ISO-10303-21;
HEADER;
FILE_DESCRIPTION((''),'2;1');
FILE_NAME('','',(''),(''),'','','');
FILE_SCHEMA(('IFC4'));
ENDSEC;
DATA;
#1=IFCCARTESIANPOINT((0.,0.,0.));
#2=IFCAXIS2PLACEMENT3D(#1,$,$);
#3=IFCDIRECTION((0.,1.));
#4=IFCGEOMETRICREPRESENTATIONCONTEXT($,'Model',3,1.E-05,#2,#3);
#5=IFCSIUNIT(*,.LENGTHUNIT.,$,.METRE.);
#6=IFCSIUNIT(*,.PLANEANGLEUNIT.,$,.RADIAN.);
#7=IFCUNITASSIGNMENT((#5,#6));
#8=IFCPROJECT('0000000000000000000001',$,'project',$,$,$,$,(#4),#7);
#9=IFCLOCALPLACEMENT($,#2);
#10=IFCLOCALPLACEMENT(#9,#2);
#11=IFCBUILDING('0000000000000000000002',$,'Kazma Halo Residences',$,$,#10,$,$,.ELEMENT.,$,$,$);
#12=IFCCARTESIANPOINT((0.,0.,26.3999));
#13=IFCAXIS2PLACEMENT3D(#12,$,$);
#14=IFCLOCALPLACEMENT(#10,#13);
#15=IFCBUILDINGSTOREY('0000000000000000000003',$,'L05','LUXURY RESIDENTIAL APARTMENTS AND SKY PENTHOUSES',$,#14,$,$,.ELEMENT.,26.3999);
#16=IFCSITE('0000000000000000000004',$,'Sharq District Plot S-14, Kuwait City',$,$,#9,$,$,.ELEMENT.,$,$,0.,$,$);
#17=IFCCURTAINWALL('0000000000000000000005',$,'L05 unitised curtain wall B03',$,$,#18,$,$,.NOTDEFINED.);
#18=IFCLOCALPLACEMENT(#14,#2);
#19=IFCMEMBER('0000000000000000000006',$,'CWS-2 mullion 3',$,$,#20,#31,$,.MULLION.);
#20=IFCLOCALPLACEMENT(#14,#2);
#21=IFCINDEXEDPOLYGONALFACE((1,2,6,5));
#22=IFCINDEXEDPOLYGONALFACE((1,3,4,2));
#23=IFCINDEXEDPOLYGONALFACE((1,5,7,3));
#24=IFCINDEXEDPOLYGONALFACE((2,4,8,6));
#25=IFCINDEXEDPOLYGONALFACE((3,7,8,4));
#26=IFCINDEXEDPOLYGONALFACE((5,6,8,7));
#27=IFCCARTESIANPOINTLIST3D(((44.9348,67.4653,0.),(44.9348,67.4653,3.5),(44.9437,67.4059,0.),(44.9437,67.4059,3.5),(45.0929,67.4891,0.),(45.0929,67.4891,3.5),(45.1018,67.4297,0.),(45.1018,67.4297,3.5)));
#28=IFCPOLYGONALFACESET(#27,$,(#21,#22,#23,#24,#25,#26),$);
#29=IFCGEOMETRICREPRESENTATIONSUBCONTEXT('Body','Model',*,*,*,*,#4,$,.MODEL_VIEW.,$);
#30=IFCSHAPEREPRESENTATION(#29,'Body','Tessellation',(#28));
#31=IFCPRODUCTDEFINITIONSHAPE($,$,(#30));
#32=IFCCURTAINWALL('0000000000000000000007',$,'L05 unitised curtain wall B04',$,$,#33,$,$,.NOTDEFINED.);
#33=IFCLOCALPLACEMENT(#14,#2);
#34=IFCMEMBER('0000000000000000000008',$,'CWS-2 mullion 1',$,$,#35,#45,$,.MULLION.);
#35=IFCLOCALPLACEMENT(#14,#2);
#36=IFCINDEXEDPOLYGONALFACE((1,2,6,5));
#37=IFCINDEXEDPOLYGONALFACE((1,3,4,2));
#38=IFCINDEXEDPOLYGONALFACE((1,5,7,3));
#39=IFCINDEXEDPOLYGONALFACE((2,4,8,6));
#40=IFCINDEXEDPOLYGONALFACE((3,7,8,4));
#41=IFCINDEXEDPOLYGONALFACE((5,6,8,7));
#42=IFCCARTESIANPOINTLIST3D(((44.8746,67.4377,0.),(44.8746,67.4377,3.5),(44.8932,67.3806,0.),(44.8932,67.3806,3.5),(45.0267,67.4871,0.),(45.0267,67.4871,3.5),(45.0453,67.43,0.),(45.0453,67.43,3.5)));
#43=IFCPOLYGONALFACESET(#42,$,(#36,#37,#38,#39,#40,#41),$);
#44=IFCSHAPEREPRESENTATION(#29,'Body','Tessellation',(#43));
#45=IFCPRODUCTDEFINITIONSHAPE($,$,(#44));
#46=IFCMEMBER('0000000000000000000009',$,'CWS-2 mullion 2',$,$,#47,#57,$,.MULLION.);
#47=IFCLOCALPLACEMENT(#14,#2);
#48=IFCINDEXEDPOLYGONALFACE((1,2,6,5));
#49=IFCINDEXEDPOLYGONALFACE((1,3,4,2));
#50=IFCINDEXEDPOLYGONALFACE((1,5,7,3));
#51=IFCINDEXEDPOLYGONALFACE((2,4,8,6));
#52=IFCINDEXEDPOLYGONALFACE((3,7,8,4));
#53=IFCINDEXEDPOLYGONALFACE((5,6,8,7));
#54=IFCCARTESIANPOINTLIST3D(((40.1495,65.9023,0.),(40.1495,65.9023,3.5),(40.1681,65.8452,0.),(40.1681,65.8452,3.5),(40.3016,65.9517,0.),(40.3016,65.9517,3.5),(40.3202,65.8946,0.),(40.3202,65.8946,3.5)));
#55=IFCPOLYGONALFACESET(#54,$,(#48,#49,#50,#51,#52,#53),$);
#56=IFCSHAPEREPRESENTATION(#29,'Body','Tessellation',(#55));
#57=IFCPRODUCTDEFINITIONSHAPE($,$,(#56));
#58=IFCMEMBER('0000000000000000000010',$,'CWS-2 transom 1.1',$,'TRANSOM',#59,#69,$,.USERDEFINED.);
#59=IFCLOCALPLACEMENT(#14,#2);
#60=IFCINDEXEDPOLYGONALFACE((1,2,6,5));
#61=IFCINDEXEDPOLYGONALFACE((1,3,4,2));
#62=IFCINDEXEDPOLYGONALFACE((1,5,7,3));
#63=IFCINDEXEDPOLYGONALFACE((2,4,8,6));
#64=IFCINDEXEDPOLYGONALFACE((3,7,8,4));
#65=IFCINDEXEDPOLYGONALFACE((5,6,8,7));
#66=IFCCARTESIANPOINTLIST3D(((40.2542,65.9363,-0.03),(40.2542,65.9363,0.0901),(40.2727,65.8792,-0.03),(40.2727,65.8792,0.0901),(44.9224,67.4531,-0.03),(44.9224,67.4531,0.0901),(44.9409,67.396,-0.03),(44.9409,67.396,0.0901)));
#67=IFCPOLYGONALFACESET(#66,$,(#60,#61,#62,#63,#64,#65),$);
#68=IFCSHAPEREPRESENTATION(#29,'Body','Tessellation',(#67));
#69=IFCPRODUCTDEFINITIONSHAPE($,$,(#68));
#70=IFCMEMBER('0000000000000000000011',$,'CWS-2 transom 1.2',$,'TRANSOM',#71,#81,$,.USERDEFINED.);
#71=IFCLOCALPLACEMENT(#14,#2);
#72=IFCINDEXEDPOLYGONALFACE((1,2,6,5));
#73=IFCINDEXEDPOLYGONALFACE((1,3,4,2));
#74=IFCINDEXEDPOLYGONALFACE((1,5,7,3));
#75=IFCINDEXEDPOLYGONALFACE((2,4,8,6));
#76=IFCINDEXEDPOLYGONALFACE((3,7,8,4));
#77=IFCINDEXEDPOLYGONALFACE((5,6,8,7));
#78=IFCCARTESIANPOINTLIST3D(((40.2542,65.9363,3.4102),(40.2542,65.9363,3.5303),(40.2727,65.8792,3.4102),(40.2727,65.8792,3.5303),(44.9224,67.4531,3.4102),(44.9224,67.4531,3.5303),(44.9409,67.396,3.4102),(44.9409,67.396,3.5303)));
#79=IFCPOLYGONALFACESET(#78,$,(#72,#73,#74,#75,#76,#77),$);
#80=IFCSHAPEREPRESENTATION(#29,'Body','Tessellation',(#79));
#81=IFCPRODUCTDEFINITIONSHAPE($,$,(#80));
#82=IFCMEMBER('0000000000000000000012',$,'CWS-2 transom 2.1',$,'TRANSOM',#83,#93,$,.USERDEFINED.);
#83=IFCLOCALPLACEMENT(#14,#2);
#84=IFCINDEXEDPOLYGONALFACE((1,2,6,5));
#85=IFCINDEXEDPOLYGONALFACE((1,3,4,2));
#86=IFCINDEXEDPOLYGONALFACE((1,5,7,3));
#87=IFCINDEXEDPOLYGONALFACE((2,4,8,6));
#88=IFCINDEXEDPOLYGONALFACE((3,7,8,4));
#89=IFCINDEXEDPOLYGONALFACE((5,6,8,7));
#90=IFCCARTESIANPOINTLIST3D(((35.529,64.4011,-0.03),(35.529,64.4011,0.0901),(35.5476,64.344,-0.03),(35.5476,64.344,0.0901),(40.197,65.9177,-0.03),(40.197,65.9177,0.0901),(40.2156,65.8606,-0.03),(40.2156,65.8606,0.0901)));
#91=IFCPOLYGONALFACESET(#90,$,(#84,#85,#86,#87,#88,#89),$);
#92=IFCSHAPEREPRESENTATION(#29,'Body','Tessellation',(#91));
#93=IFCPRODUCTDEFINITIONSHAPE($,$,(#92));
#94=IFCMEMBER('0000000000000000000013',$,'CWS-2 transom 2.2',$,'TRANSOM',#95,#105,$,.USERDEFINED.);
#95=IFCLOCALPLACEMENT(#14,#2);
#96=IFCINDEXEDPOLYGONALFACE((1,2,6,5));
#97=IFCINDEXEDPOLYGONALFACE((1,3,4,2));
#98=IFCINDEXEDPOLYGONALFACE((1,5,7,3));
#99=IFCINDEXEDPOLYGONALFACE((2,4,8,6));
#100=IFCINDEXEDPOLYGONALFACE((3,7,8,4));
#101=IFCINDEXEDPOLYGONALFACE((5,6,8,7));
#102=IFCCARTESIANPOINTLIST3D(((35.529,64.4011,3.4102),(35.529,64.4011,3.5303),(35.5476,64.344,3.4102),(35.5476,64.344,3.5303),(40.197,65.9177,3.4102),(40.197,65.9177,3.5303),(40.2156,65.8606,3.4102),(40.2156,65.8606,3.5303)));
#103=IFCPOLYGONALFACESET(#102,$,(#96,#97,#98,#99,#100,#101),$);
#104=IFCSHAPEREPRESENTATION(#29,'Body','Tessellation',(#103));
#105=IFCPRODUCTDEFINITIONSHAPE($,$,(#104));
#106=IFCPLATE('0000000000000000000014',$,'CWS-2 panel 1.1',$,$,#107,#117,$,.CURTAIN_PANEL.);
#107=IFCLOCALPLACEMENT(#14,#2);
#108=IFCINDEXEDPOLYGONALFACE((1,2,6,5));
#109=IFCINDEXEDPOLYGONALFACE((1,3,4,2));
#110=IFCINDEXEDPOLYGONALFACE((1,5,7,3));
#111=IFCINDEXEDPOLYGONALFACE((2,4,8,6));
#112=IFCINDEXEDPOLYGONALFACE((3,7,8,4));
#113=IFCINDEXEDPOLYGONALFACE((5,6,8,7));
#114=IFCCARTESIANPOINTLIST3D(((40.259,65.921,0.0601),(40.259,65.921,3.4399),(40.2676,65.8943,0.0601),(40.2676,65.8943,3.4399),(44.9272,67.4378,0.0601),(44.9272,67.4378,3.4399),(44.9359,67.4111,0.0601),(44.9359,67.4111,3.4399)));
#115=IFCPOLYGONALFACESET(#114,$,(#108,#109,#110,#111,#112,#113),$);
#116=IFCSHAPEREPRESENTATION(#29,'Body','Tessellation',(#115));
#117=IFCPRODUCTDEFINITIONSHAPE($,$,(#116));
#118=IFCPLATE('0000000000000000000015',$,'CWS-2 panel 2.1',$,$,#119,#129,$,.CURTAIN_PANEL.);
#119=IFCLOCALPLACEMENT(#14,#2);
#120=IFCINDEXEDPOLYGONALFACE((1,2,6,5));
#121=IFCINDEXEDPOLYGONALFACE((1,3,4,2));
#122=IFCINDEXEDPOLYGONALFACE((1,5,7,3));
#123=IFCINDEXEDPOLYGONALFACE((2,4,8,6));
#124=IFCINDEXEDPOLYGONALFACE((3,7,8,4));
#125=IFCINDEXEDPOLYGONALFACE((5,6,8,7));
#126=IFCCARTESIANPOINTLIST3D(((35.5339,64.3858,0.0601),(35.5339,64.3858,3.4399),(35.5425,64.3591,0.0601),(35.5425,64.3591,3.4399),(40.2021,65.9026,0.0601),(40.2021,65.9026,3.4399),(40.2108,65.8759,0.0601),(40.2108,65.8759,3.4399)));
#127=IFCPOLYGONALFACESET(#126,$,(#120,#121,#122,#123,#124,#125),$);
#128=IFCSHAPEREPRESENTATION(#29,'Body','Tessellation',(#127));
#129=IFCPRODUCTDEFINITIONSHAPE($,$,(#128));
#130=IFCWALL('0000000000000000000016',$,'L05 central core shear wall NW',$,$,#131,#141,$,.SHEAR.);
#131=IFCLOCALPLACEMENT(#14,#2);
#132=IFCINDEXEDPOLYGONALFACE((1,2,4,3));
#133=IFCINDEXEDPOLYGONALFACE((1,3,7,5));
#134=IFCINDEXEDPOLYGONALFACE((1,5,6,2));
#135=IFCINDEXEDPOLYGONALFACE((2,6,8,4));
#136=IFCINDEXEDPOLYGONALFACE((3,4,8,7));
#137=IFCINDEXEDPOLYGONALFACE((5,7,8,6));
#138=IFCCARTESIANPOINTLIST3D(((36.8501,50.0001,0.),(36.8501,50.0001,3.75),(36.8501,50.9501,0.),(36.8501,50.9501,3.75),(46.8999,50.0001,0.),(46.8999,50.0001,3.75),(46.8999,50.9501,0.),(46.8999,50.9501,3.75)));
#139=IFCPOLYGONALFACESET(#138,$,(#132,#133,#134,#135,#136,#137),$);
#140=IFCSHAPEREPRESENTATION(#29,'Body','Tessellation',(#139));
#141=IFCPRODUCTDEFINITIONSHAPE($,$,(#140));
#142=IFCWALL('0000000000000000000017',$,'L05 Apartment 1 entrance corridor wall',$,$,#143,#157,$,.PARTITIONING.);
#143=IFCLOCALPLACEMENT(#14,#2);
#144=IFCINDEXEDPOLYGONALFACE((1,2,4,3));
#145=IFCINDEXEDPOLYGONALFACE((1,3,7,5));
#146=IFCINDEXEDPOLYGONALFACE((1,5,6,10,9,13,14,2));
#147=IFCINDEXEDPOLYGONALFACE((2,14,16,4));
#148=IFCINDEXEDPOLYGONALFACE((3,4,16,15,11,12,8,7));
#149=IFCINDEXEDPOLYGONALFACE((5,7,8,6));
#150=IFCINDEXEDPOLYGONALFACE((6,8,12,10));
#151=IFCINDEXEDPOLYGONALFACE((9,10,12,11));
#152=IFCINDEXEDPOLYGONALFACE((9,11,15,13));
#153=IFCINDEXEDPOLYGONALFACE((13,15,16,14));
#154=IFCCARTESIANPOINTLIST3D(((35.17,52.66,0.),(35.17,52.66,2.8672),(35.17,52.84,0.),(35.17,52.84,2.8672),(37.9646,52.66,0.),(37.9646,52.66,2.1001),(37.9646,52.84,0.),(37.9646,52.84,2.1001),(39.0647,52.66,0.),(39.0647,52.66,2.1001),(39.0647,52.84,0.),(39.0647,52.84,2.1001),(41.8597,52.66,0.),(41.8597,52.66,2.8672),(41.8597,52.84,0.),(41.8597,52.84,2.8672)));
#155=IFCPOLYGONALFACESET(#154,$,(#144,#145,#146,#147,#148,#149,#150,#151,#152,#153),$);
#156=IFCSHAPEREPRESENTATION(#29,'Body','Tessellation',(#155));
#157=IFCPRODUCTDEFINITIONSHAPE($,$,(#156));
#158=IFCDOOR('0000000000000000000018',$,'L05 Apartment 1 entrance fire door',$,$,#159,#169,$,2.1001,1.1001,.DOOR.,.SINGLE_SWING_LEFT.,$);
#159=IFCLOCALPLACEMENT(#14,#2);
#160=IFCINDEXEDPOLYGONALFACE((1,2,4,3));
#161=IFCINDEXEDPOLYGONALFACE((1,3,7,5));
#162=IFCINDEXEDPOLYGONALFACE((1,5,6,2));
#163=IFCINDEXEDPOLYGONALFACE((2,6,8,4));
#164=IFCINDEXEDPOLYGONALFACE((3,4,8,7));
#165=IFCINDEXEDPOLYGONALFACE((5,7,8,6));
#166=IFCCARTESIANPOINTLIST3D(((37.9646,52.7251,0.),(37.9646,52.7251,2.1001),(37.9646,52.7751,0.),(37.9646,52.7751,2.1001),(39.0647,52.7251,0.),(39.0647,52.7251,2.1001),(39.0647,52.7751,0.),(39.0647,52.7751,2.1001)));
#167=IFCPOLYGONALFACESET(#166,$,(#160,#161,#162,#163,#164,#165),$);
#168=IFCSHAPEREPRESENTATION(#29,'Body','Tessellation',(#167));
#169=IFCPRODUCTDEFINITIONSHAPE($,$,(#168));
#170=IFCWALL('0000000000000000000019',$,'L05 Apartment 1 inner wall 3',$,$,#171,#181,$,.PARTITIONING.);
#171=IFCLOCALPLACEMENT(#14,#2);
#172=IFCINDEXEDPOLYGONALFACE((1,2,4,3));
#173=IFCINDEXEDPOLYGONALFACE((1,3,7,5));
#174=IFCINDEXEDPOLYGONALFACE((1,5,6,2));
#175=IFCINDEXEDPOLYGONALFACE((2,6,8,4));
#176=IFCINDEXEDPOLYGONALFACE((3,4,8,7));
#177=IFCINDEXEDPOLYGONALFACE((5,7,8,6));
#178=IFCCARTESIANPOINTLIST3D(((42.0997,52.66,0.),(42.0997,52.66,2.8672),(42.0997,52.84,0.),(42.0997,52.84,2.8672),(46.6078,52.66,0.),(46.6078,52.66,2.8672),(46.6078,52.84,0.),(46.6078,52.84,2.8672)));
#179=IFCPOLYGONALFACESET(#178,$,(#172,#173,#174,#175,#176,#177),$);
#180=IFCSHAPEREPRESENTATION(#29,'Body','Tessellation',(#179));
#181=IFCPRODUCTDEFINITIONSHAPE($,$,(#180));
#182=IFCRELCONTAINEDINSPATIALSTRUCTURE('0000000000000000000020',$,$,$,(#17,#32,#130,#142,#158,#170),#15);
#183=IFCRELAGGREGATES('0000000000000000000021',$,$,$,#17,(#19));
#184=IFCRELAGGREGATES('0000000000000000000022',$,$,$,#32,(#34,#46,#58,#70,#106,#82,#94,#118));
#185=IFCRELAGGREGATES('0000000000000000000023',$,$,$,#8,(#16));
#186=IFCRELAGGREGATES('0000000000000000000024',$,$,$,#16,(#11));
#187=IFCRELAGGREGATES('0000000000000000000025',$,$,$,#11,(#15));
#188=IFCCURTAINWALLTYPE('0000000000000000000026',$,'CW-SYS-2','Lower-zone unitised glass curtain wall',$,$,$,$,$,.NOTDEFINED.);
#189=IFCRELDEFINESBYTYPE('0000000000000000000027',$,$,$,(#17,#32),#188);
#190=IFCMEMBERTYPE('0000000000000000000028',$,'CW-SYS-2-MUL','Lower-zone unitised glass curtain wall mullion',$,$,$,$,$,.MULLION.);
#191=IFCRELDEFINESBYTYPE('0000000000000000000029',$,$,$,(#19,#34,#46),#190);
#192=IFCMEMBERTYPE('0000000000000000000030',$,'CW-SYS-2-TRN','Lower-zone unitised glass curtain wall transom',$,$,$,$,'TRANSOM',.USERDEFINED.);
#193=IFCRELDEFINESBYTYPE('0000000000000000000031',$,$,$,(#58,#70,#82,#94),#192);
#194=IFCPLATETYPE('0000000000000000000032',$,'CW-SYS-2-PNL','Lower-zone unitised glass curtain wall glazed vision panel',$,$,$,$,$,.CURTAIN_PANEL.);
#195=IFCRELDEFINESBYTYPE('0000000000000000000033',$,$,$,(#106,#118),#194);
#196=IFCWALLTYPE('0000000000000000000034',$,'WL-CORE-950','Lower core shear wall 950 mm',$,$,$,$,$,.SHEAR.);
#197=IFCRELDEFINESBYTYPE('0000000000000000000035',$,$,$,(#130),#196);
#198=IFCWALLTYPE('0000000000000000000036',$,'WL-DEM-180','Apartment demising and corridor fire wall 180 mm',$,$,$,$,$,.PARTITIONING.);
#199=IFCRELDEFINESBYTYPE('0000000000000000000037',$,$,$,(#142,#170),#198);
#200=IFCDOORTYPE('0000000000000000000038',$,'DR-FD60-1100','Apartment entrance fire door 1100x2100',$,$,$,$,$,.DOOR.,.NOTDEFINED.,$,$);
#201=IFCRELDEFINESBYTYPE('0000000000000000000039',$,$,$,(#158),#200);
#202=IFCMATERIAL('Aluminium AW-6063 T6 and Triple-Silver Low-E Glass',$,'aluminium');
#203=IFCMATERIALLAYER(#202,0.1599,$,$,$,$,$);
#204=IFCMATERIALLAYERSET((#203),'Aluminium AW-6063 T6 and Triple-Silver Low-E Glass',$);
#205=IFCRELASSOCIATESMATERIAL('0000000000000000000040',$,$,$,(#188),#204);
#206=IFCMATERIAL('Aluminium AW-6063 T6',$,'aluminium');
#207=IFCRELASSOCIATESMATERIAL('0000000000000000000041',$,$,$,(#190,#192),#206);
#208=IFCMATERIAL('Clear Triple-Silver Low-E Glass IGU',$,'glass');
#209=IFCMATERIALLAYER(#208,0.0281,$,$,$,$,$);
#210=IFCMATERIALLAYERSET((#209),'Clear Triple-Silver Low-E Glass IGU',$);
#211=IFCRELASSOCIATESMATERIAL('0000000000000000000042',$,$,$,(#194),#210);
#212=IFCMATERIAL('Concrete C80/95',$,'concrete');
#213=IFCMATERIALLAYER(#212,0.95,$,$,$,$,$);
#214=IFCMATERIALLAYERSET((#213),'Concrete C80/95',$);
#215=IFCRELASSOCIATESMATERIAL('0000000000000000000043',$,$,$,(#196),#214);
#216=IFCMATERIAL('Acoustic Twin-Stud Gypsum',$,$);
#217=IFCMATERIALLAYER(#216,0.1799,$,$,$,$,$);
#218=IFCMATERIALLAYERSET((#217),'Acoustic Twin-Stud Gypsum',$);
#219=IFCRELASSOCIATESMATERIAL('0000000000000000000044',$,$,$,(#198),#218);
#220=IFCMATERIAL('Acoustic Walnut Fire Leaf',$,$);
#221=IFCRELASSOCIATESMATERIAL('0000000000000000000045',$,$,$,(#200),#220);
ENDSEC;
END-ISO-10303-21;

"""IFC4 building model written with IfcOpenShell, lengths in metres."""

from ifc_helpers import new_model, si_unit, direction, frame, frame_2d, origin, origin_2d, place, context, subcontext, project, spatial, rectangle, extrude, material, layer, layer_set, material_profile, profile_set, type_object, element, fill, aggregate, save


model = new_model("IFC4")

# Units and contexts
model_context = context("Model", 3, precision=1e-05, world=origin(), true_north=direction((0.0, 1.0)))
body_context = subcontext(model_context, "Body", "Model", "MODEL_VIEW")
ifc_project = project(units=[si_unit("LENGTHUNIT", "METRE"), si_unit("PLANEANGLEUNIT", "RADIAN")], contexts=[model_context])

# Site, building, storey
site_placement = place(None, origin())
site = spatial("IfcSite", under=ifc_project, at=site_placement, Name="Sharq District Plot S-14, Kuwait City", CompositionType="ELEMENT", RefElevation=0.0)
building_placement = place(site_placement, origin())
building = spatial("IfcBuilding", under=site, at=building_placement, Name="Kazma Halo Residences", CompositionType="ELEMENT")
storey_placement = place(building_placement, frame((0.0, 0.0, 26.3999)))
storey = spatial("IfcBuildingStorey", under=building, at=storey_placement, Name="L05", Description="LUXURY RESIDENTIAL APARTMENTS AND SKY PENTHOUSES", CompositionType="ELEMENT", Elevation=26.3999)

# Shared definitions
ifc_material_1 = material(Name="Concrete C80/95", Category="concrete")

# Curtain wall, member
ifc_material_2 = material(Name="Aluminium AW-6063 T6 and Triple-Silver Low-E Glass", Category="aluminium")
ifc_layer_1 = layer(ifc_material_2, 0.1599)
ifc_layer_set_1 = layer_set([ifc_layer_1], Name="Aluminium AW-6063 T6 and Triple-Silver Low-E Glass")
curtain_wall_type = type_object("IfcCurtainWallType", Name="CW-SYS-2", Description="Lower-zone unitised glass curtain wall", PredefinedType="NOTDEFINED", material=ifc_layer_set_1)
curtain_wall_1_placement = place(storey_placement, origin())
curtain_wall_1 = element("IfcCurtainWall", 1, at=curtain_wall_1_placement, inside=storey, type_object=curtain_wall_type, Name="L05 unitised curtain wall B03", PredefinedType="NOTDEFINED")
ifc_material_3 = material(Name="Aluminium AW-6063 T6", Category="aluminium")
ifc_material_profile_1 = material_profile(ifc_material_3, rectangle(XDim=0.0601, YDim=0.1599, at=origin_2d()), Name="CWM-60x160")
ifc_profile_set_1 = profile_set([ifc_material_profile_1], Name="Aluminium AW-6063 T6")
member_type_1 = type_object("IfcMemberType", Name="CW-SYS-2-MUL", Description="Lower-zone unitised glass curtain wall mullion", PredefinedType="MULLION", material=ifc_profile_set_1)
member_1_placement = place(storey_placement, frame((45.0183, 67.4475, 0.0), z_axis=(0.0, 0.0, 1.0), x_axis=(0.148657, -0.988889, 0.0)))
member_1 = element("IfcMember", 2, at=member_1_placement, type_object=member_type_1, Name="CWS-2 mullion 3", PredefinedType="MULLION", context=body_context, shape_type="SweptSolid", body=[
    extrude(rectangle(XDim=0.0601, YDim=0.1599, at=origin_2d()), origin(), (0.0, 0.0, 1.0), 3.5),
])
aggregate(curtain_wall_1, [member_1])

# Curtain wall, members, plates
curtain_wall_2_placement = place(storey_placement, origin())
curtain_wall_2 = element("IfcCurtainWall", 3, at=curtain_wall_2_placement, inside=storey, type_object=curtain_wall_type, Name="L05 unitised curtain wall B04", PredefinedType="NOTDEFINED")
member_2_placement = place(storey_placement, frame((44.96, 67.4338, 0.0), z_axis=(0.0, 0.0, 1.0), x_axis=(0.309013, -0.951058, 0.0)))
member_2 = element("IfcMember", 4, at=member_2_placement, type_object=member_type_1, Name="CWS-2 mullion 1", PredefinedType="MULLION", context=body_context, shape_type="SweptSolid", body=[
    extrude(rectangle(XDim=0.0601, YDim=0.1599, at=origin_2d()), origin(), (0.0, 0.0, 1.0), 3.5),
])
member_3_placement = place(storey_placement, frame((40.2349, 65.8984, 0.0), z_axis=(0.0, 0.0, 1.0), x_axis=(0.309013, -0.951058, 0.0)))
member_3 = element("IfcMember", 5, at=member_3_placement, type_object=member_type_1, Name="CWS-2 mullion 2", PredefinedType="MULLION", context=body_context, shape_type="SweptSolid", body=[
    extrude(rectangle(XDim=0.0601, YDim=0.1599, at=origin_2d()), origin(), (0.0, 0.0, 1.0), 3.5),
])
ifc_material_profile_2 = material_profile(ifc_material_3, rectangle(XDim=0.0601, YDim=0.1201, at=origin_2d()), Name="CWT-60x120")
ifc_profile_set_2 = profile_set([ifc_material_profile_2], Name="Aluminium AW-6063 T6")
member_type_2 = type_object("IfcMemberType", Name="CW-SYS-2-TRN", Description="Lower-zone unitised glass curtain wall transom", ElementType="TRANSOM", PredefinedType="USERDEFINED", material=ifc_profile_set_2)
member_4_placement = place(storey_placement, frame((44.9316, 67.4246, 0.03), z_axis=(-0.951053, -0.309026, 0.0), x_axis=(0.309026, -0.951053, 0.0)))
member_4 = element("IfcMember", 6, at=member_4_placement, type_object=member_type_2, Name="CWS-2 transom 1.1", ObjectType="TRANSOM", PredefinedType="USERDEFINED", context=body_context, shape_type="SweptSolid", body=[
    extrude(rectangle(XDim=0.0601, YDim=0.1201, at=origin_2d()), origin(), (0.0, 0.0, 1.0), 4.9084),
])
member_5_placement = place(storey_placement, frame((44.9316, 67.4246, 3.4702), z_axis=(-0.951053, -0.309026, 0.0), x_axis=(0.309026, -0.951053, 0.0)))
member_5 = element("IfcMember", 7, at=member_5_placement, type_object=member_type_2, Name="CWS-2 transom 1.2", ObjectType="TRANSOM", PredefinedType="USERDEFINED", context=body_context, shape_type="SweptSolid", body=[
    extrude(rectangle(XDim=0.0601, YDim=0.1201, at=origin_2d()), origin(), (0.0, 0.0, 1.0), 4.9084),
])
member_6_placement = place(storey_placement, frame((40.2063, 65.8892, 0.03), z_axis=(-0.951063, -0.308996, 0.0), x_axis=(0.308996, -0.951063, 0.0)))
member_6 = element("IfcMember", 8, at=member_6_placement, type_object=member_type_2, Name="CWS-2 transom 2.1", ObjectType="TRANSOM", PredefinedType="USERDEFINED", context=body_context, shape_type="SweptSolid", body=[
    extrude(rectangle(XDim=0.0601, YDim=0.1201, at=origin_2d()), origin(), (0.0, 0.0, 1.0), 4.9082),
])
member_7_placement = place(storey_placement, frame((40.2063, 65.8892, 3.4702), z_axis=(-0.951063, -0.308996, 0.0), x_axis=(0.308996, -0.951063, 0.0)))
member_7 = element("IfcMember", 9, at=member_7_placement, type_object=member_type_2, Name="CWS-2 transom 2.2", ObjectType="TRANSOM", PredefinedType="USERDEFINED", context=body_context, shape_type="SweptSolid", body=[
    extrude(rectangle(XDim=0.0601, YDim=0.1201, at=origin_2d()), origin(), (0.0, 0.0, 1.0), 4.9082),
])
ifc_material_4 = material(Name="Clear Triple-Silver Low-E Glass IGU", Category="glass")
ifc_layer_2 = layer(ifc_material_4, 0.0281)
ifc_layer_set_2 = layer_set([ifc_layer_2], Name="Clear Triple-Silver Low-E Glass IGU")
plate_type = type_object("IfcPlateType", Name="CW-SYS-2-PNL", Description="Lower-zone unitised glass curtain wall glazed vision panel", PredefinedType="CURTAIN_PANEL", material=ifc_layer_set_2)
plate_1_placement = place(storey_placement, frame((42.5974, 66.666, 0.0601), z_axis=(0.0, 0.0, 1.0), x_axis=(-0.951058, -0.309013, 0.0)))
plate_1 = element("IfcPlate", 10, at=plate_1_placement, type_object=plate_type, Name="CWS-2 panel 1.1", PredefinedType="CURTAIN_PANEL", context=body_context, shape_type="SweptSolid", body=[
    extrude(rectangle(XDim=4.9084, YDim=0.0281, at=origin_2d()), origin(), (0.0, 0.0, 1.0), 3.3799),
])
plate_2_placement = place(storey_placement, frame((37.8723, 65.1309, 0.0601), z_axis=(0.0, 0.0, 1.0), x_axis=(-0.951058, -0.309013, 0.0)))
plate_2 = element("IfcPlate", 11, at=plate_2_placement, type_object=plate_type, Name="CWS-2 panel 2.1", PredefinedType="CURTAIN_PANEL", context=body_context, shape_type="SweptSolid", body=[
    extrude(rectangle(XDim=4.9084, YDim=0.0281, at=origin_2d()), origin(), (0.0, 0.0, 1.0), 3.3799),
])
aggregate(curtain_wall_2, [member_2, member_3, member_4, member_5, plate_1, member_6, member_7, plate_2])

# Wall
ifc_layer_3 = layer(ifc_material_1, 0.95)
ifc_layer_set_3 = layer_set([ifc_layer_3], Name="Concrete C80/95")
wall_type_1 = type_object("IfcWallType", Name="WL-CORE-950", Description="Lower core shear wall 950 mm", PredefinedType="SHEAR", material=ifc_layer_set_3)
wall_1_placement = place(storey_placement, frame((36.8501, 50.4751, 0.0), z_axis=(0.0, 0.0, 1.0), x_axis=(1.0, 0.0, 0.0)))
element("IfcWall", 12, at=wall_1_placement, inside=storey, type_object=wall_type_1, Name="L05 central core shear wall NW", PredefinedType="SHEAR", context=body_context, shape_type="SweptSolid", body=[
    extrude(rectangle(XDim=10.0498, YDim=0.95, at=frame_2d((5.0249, 0.0))), origin(), (0.0, 0.0, 1.0), 3.75),
])

# Wall, opening, door
ifc_material_5 = material(Name="Acoustic Twin-Stud Gypsum")
ifc_layer_4 = layer(ifc_material_5, 0.1799)
ifc_layer_set_4 = layer_set([ifc_layer_4], Name="Acoustic Twin-Stud Gypsum")
wall_type_2 = type_object("IfcWallType", Name="WL-DEM-180", Description="Apartment demising and corridor fire wall 180 mm", PredefinedType="PARTITIONING", material=ifc_layer_set_4)
wall_2_placement = place(storey_placement, frame((41.8596, 52.75, 0.0), z_axis=(0.0, 0.0, 1.0), x_axis=(-1.0, 0.0, 0.0)))
wall_2 = element("IfcWall", 13, at=wall_2_placement, inside=storey, type_object=wall_type_2, Name="L05 Apartment 1 entrance corridor wall", PredefinedType="PARTITIONING", context=body_context, shape_type="SweptSolid", body=[
    extrude(rectangle(XDim=6.6897, YDim=0.1799, at=frame_2d((3.3447, 0.0))), origin(), (0.0, 0.0, 1.0), 2.8672),
])
opening_1_placement = place(wall_2_placement, frame((2.7949, 0.0, 0.0)))
opening_1 = element("IfcOpeningElement", 14, at=opening_1_placement, cuts=wall_2, PredefinedType="OPENING", context=body_context, shape_type="SweptSolid", body=[
    extrude(rectangle(XDim=1.1001, YDim=2.1001, at=frame_2d((0.55, 1.05))), frame((0.0, 0.0999, 0.0), z_axis=(0.0, -1.0, 0.0), x_axis=(1.0, 0.0, 0.0)), (0.0, 0.0, 1.0), 0.2),
])
ifc_material_6 = material(Name="Acoustic Walnut Fire Leaf")
door_type_1 = type_object("IfcDoorType", Name="DR-FD60-1100", Description="Apartment entrance fire door 1100x2100", OperationType="NOTDEFINED", PredefinedType="DOOR", material=ifc_material_6)
door_1_placement = place(opening_1_placement, origin())
door_1 = element("IfcDoor", 15, at=door_1_placement, inside=storey, type_object=door_type_1, Name="L05 Apartment 1 entrance fire door", OperationType="SINGLE_SWING_LEFT", OverallHeight=2.1001, OverallWidth=1.1001, PredefinedType="DOOR", context=body_context, shape_type="SweptSolid", body=[
    extrude(rectangle(XDim=1.1001, YDim=2.1001, at=frame_2d((0.55, 1.05))), frame((0.0, 0.0249, 0.0), z_axis=(0.0, -1.0, 0.0), x_axis=(1.0, 0.0, 0.0)), (0.0, 0.0, 1.0), 0.05),
])
fill(opening_1, door_1)

# Wall
wall_3_placement = place(storey_placement, frame((46.6077, 52.75, 0.0), z_axis=(0.0, 0.0, 1.0), x_axis=(-1.0, 0.0, 0.0)))
element("IfcWall", 16, at=wall_3_placement, inside=storey, type_object=wall_type_2, Name="L05 Apartment 1 inner wall 3", PredefinedType="PARTITIONING", context=body_context, shape_type="SweptSolid", body=[
    extrude(rectangle(XDim=4.5081, YDim=0.1799, at=frame_2d((2.2539, 0.0))), origin(), (0.0, 0.0, 1.0), 2.8672),
])

save(model, "model.ifc")
